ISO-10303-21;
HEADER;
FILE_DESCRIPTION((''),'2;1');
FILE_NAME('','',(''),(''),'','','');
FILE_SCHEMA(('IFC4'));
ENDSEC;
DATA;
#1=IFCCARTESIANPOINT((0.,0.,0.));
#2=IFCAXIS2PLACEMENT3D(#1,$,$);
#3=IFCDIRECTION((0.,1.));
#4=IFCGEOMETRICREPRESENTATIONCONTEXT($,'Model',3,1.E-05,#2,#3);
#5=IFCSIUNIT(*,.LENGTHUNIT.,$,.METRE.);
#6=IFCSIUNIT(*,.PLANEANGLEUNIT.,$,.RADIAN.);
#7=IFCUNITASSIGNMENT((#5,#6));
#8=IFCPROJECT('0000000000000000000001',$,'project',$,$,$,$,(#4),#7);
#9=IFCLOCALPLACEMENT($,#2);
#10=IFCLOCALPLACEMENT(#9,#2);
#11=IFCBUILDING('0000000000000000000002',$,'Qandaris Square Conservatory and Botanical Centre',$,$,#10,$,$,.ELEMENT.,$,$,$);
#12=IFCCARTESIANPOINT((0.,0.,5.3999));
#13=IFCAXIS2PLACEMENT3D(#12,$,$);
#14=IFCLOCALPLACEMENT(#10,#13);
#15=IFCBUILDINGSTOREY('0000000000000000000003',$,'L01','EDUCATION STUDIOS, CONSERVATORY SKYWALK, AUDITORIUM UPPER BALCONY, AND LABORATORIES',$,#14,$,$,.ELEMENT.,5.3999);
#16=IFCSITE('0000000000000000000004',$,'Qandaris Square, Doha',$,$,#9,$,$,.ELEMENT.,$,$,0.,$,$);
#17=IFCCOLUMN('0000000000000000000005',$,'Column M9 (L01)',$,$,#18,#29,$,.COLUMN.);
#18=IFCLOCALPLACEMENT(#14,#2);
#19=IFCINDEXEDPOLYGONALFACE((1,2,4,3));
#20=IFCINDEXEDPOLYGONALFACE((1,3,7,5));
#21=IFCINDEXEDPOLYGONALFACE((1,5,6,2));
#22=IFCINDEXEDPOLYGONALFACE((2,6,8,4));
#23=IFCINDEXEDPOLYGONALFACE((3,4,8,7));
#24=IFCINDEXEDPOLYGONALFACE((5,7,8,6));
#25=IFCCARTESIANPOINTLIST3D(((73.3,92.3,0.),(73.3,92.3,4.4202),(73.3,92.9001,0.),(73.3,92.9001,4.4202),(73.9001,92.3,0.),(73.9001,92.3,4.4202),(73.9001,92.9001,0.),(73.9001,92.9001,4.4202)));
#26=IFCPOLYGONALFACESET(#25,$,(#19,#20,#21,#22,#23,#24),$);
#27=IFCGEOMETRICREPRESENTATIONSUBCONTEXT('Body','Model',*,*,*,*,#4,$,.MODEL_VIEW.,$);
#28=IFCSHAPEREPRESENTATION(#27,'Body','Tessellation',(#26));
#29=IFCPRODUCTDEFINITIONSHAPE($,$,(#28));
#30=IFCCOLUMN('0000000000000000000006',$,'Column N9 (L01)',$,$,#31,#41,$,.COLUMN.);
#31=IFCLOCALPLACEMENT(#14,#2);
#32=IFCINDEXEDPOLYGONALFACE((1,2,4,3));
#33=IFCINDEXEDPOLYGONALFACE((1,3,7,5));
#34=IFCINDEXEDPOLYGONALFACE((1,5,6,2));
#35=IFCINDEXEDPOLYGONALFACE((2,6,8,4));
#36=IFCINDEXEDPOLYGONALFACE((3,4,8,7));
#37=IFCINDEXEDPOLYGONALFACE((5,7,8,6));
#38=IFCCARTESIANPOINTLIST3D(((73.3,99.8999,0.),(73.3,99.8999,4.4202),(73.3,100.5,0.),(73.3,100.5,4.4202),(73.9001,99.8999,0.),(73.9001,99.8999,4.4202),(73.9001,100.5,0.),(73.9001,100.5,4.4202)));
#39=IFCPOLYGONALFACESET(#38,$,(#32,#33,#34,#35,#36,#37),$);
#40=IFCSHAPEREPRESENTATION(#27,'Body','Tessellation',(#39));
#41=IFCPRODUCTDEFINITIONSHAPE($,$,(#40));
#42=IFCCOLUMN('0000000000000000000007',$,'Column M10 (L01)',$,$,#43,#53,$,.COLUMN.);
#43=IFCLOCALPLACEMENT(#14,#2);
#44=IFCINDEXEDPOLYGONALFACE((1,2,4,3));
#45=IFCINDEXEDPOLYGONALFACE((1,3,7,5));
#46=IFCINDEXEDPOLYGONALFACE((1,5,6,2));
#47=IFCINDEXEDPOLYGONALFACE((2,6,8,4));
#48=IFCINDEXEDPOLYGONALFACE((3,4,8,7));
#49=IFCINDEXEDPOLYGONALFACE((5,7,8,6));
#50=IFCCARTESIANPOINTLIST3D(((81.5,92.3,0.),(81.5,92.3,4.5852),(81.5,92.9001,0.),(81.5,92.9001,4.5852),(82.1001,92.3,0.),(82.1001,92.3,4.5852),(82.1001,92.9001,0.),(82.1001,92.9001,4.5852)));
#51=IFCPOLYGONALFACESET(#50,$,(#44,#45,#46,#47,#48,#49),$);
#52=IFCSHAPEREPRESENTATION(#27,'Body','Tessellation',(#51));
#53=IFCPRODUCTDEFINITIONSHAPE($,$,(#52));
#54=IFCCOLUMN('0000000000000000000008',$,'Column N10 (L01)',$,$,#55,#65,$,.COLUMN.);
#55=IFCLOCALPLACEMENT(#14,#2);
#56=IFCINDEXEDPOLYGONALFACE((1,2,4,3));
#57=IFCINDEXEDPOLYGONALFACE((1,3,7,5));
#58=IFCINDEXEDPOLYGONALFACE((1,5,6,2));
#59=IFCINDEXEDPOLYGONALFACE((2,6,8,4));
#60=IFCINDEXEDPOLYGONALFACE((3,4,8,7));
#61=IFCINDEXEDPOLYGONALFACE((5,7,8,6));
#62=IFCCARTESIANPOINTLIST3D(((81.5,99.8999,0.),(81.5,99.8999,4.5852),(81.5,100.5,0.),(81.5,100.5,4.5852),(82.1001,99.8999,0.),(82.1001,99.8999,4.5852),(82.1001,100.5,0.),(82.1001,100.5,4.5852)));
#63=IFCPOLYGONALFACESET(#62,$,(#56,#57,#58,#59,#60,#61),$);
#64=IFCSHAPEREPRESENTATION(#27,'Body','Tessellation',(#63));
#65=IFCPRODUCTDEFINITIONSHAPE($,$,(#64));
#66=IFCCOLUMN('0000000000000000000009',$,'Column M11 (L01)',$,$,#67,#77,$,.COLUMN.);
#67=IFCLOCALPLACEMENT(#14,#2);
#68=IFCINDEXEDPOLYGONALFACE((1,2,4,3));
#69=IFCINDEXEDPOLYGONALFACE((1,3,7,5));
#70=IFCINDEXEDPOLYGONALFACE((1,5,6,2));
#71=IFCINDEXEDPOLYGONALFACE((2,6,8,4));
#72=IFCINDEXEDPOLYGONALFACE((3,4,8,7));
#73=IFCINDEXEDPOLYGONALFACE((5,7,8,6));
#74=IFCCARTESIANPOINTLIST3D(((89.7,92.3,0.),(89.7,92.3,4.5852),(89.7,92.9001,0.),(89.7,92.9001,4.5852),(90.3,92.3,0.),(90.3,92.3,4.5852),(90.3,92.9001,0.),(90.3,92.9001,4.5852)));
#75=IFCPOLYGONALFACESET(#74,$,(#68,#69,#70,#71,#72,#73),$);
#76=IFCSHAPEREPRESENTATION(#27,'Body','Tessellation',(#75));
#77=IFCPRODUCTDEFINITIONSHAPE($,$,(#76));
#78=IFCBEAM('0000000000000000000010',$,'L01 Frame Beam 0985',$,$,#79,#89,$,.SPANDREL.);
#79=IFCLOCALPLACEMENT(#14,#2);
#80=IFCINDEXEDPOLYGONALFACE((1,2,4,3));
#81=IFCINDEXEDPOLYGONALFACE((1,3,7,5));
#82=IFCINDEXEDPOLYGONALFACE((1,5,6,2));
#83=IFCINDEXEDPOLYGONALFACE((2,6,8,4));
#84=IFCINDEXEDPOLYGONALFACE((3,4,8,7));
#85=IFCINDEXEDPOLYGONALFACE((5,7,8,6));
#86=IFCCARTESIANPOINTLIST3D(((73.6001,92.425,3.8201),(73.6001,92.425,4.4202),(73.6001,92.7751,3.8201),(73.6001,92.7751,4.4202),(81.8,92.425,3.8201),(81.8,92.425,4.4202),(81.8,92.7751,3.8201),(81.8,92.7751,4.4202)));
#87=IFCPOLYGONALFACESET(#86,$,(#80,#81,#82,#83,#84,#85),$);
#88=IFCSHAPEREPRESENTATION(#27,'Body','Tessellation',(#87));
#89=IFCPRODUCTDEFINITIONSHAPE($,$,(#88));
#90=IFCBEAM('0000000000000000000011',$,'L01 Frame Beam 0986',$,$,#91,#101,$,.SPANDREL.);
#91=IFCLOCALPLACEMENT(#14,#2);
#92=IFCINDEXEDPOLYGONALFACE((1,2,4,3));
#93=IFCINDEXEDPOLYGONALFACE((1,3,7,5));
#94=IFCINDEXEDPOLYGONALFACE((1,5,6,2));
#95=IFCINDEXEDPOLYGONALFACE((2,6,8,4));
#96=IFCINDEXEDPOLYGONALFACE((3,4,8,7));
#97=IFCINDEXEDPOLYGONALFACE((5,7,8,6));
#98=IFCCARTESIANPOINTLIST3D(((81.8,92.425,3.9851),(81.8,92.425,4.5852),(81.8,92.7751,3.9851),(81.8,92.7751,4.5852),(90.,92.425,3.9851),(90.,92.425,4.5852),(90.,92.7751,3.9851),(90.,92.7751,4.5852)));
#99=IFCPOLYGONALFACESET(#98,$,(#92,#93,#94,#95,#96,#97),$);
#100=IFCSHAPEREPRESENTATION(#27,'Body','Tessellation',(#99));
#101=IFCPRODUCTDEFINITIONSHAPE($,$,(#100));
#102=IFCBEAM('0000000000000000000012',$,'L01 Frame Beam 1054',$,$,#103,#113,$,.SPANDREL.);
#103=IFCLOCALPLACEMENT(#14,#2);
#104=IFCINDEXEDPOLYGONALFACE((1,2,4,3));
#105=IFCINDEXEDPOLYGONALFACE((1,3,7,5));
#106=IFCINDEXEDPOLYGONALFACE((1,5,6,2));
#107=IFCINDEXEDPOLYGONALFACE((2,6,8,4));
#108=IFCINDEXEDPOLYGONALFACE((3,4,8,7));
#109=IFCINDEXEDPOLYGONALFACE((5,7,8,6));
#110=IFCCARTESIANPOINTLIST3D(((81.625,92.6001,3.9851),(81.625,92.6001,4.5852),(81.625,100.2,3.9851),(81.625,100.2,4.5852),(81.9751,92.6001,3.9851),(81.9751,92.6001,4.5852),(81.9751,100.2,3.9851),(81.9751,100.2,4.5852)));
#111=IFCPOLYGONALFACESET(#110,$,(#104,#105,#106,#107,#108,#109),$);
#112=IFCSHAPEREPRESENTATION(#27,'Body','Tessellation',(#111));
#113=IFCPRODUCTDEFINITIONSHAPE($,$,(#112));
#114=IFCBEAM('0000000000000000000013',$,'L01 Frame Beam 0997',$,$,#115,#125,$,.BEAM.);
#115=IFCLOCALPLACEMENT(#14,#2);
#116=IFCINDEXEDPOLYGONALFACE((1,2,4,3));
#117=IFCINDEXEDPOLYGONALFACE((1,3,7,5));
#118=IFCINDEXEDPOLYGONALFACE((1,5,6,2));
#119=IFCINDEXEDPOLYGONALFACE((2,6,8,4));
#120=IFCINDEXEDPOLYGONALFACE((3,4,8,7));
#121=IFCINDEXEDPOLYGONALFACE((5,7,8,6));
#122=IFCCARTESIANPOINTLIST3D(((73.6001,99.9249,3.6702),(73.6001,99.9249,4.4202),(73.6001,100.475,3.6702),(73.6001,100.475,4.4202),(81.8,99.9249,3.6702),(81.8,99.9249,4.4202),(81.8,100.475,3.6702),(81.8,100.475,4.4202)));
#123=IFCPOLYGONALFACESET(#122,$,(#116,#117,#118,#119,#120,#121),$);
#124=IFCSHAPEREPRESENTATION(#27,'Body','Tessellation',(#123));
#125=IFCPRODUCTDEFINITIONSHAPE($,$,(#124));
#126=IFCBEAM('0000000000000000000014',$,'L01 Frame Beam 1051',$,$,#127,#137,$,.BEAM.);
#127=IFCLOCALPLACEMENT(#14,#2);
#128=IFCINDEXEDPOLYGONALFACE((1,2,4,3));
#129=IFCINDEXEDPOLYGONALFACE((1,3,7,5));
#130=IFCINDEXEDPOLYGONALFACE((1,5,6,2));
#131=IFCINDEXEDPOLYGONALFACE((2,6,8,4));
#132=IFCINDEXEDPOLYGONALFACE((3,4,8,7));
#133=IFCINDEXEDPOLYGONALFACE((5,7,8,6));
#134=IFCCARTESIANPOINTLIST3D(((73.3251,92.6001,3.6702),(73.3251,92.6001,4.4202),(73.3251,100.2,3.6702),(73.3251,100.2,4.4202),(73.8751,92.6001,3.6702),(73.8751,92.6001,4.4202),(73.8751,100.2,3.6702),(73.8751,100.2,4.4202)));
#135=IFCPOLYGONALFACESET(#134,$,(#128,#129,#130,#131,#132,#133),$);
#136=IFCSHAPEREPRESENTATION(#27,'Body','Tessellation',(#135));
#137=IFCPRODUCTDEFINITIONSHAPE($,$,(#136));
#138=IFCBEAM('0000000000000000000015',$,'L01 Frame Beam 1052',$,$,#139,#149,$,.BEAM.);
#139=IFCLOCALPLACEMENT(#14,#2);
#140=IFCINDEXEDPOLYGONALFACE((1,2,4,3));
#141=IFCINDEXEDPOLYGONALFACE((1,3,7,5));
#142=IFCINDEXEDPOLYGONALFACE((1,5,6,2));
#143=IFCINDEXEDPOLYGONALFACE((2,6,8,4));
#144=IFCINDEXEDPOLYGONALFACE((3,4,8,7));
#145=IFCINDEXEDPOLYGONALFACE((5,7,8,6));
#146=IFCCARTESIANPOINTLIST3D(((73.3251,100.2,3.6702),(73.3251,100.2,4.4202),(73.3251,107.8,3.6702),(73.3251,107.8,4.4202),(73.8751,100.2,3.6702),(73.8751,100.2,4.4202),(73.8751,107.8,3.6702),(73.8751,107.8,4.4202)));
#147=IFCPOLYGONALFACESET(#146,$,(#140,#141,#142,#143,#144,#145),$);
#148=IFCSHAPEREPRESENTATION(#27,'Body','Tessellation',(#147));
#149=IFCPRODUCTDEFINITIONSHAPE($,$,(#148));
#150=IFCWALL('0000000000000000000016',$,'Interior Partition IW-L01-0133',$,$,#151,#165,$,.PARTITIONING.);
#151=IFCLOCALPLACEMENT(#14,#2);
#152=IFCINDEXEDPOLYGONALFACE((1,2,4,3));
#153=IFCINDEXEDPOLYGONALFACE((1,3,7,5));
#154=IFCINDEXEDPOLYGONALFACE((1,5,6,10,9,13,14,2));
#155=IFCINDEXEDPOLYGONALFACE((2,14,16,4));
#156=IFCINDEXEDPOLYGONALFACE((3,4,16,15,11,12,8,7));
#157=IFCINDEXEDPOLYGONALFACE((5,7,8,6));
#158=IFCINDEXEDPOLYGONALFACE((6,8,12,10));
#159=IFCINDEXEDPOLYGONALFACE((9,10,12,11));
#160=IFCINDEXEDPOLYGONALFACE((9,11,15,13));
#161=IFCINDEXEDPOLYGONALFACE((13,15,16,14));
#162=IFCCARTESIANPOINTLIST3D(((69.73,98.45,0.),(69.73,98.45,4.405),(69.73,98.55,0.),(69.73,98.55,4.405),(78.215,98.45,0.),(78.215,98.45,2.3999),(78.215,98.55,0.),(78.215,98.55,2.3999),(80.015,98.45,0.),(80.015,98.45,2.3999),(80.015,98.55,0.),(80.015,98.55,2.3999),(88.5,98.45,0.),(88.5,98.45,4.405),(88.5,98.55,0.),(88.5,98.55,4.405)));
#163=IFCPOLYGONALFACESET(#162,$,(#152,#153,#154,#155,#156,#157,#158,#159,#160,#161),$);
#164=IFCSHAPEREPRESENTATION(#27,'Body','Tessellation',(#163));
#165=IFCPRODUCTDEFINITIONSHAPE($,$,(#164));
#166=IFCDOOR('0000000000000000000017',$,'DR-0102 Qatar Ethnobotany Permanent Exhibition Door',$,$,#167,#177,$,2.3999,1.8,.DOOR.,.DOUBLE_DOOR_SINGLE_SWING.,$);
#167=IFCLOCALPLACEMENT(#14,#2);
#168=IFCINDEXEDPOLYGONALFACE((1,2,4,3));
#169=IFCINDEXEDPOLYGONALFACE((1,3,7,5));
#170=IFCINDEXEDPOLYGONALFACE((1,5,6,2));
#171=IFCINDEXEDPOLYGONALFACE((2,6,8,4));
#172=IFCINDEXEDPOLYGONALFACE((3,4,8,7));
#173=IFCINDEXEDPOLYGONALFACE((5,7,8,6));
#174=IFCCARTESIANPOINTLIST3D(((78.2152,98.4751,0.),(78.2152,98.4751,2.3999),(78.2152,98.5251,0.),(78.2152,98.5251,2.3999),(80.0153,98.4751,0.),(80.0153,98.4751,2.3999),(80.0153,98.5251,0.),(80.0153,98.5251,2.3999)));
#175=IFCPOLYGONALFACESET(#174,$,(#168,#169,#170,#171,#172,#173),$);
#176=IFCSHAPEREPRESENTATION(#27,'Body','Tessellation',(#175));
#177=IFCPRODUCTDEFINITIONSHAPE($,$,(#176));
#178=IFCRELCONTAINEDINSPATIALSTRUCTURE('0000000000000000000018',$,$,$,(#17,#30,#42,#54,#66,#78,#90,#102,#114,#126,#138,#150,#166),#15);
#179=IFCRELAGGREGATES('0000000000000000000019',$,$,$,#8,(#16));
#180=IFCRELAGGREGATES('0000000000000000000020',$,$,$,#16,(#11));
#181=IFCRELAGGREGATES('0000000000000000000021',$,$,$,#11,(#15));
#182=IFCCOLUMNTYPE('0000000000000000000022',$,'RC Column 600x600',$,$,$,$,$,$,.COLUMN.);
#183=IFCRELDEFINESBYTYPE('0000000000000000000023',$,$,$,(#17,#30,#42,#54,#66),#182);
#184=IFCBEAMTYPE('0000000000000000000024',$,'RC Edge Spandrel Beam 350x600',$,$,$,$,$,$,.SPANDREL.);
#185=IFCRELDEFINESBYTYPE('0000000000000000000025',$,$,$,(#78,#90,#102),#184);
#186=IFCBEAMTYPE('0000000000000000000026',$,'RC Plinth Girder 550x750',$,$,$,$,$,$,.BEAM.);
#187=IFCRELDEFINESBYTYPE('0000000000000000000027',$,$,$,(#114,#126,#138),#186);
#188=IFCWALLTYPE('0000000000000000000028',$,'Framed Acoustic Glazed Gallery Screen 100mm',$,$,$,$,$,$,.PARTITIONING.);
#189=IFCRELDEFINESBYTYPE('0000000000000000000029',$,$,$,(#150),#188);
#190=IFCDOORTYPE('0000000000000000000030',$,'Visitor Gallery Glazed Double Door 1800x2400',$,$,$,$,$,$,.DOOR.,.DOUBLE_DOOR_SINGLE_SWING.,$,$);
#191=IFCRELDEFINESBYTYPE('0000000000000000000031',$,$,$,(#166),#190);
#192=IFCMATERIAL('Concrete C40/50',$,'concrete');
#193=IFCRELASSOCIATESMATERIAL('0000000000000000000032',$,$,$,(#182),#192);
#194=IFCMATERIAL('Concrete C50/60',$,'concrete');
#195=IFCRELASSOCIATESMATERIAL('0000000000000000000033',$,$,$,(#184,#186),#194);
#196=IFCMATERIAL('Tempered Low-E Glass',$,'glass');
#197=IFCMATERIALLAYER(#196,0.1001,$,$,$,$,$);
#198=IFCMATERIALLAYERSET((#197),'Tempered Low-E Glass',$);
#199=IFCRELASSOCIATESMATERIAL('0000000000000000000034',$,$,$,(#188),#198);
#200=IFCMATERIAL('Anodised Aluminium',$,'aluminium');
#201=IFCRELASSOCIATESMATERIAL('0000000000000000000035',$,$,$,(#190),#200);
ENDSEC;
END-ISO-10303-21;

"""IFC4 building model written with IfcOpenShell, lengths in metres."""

from ifc_helpers import new_model, si_unit, direction, frame, frame_2d, origin, origin_2d, place, context, subcontext, project, spatial, rectangle, extrude, material, layer, layer_set, material_profile, profile_set, type_object, element, fill, save


model = new_model("IFC4")

# Units and contexts
model_context = context("Model", 3, precision=1e-05, world=origin(), true_north=direction((0.0, 1.0)))
body_context = subcontext(model_context, "Body", "Model", "MODEL_VIEW")
ifc_project = project(units=[si_unit("LENGTHUNIT", "METRE"), si_unit("PLANEANGLEUNIT", "RADIAN")], contexts=[model_context])

# Site, building, storey
site_placement = place(None, origin())
site = spatial("IfcSite", under=ifc_project, at=site_placement, Name="Qandaris Square, Doha", CompositionType="ELEMENT", RefElevation=0.0)
building_placement = place(site_placement, origin())
building = spatial("IfcBuilding", under=site, at=building_placement, Name="Qandaris Square Conservatory and Botanical Centre", CompositionType="ELEMENT")
storey_placement = place(building_placement, frame((0.0, 0.0, 5.3999)))
storey = spatial("IfcBuildingStorey", under=building, at=storey_placement, Name="L01", Description="EDUCATION STUDIOS, CONSERVATORY SKYWALK, AUDITORIUM UPPER BALCONY, AND LABORATORIES", CompositionType="ELEMENT", Elevation=5.3999)

# Columns
ifc_material_1 = material(Name="Concrete C40/50", Category="concrete")
ifc_material_profile_1 = material_profile(ifc_material_1, rectangle(XDim=0.6001, YDim=0.6001, at=origin_2d()), Name="RC-COL 600x600")
ifc_profile_set_1 = profile_set([ifc_material_profile_1], Name="Concrete C40/50")
column_type = type_object("IfcColumnType", Name="RC Column 600x600", PredefinedType="COLUMN", material=ifc_profile_set_1)
for number, where, z_axis, x_axis, name in (
    (1, (73.6001, 92.6001, 0.0), (0.0, 0.0, 1.0), (1.0, 0.0, 0.0), "Column M9 (L01)"),
    (2, (73.6001, 100.2, 0.0), (0.0, 0.0, 1.0), (1.0, 0.0, 0.0), "Column N9 (L01)"),
):
    element("IfcColumn", number, at=place(storey_placement, frame(where, z_axis=z_axis, x_axis=x_axis)), inside=storey, type_object=column_type, Name=name, PredefinedType="COLUMN", context=body_context, shape_type="SweptSolid", body=[
        extrude(rectangle(XDim=0.6001, YDim=0.6001, at=origin_2d()), origin(), (0.0, 0.0, 1.0), 4.4202),
    ])
for number, where, z_axis, x_axis, name in (
    (3, (81.8, 92.6001, 0.0), (0.0, 0.0, 1.0), (1.0, 0.0, 0.0), "Column M10 (L01)"),
    (4, (81.8, 100.2, 0.0), (0.0, 0.0, 1.0), (1.0, 0.0, 0.0), "Column N10 (L01)"),
    (5, (90.0, 92.6001, 0.0), (0.0, 0.0, 1.0), (1.0, 0.0, 0.0), "Column M11 (L01)"),
):
    element("IfcColumn", number, at=place(storey_placement, frame(where, z_axis=z_axis, x_axis=x_axis)), inside=storey, type_object=column_type, Name=name, PredefinedType="COLUMN", context=body_context, shape_type="SweptSolid", body=[
        extrude(rectangle(XDim=0.6001, YDim=0.6001, at=origin_2d()), origin(), (0.0, 0.0, 1.0), 4.5852),
    ])

# Beams
ifc_material_2 = material(Name="Concrete C50/60", Category="concrete")
ifc_material_profile_2 = material_profile(ifc_material_2, rectangle(XDim=0.3501, YDim=0.6001, at=origin_2d()), Name="RC-SP 350x600")
ifc_profile_set_2 = profile_set([ifc_material_profile_2], Name="Concrete C50/60")
beam_type_1 = type_object("IfcBeamType", Name="RC Edge Spandrel Beam 350x600", PredefinedType="SPANDREL", material=ifc_profile_set_2)
for number, where, z_axis, x_axis, name in (
    (6, (73.6001, 92.6001, 4.1201), (1.0, 0.0, 0.0), (0.0, 1.0, 0.0), "L01 Frame Beam 0985"),
    (7, (81.8, 92.6001, 4.2852), (1.0, 0.0, 0.0), (0.0, 1.0, 0.0), "L01 Frame Beam 0986"),
):
    element("IfcBeam", number, at=place(storey_placement, frame(where, z_axis=z_axis, x_axis=x_axis)), inside=storey, type_object=beam_type_1, Name=name, PredefinedType="SPANDREL", context=body_context, shape_type="SweptSolid", body=[
        extrude(rectangle(XDim=0.3501, YDim=0.6001, at=origin_2d()), origin(), (0.0, 0.0, 1.0), 8.2),
    ])
beam_1_placement = place(storey_placement, frame((81.8, 92.6001, 4.2852), z_axis=(0.0, 1.0, 0.0), x_axis=(-1.0, 0.0, 0.0)))
element("IfcBeam", 8, at=beam_1_placement, inside=storey, type_object=beam_type_1, Name="L01 Frame Beam 1054", PredefinedType="SPANDREL", context=body_context, shape_type="SweptSolid", body=[
    extrude(rectangle(XDim=0.3501, YDim=0.6001, at=origin_2d()), origin(), (0.0, 0.0, 1.0), 7.5999),
])
ifc_material_profile_3 = material_profile(ifc_material_2, rectangle(XDim=0.55, YDim=0.75, at=origin_2d()), Name="RC-BM 550x750")
ifc_profile_set_3 = profile_set([ifc_material_profile_3], Name="Concrete C50/60")
beam_type_2 = type_object("IfcBeamType", Name="RC Plinth Girder 550x750", PredefinedType="BEAM", material=ifc_profile_set_3)
beam_2_placement = place(storey_placement, frame((73.6001, 100.2, 4.0452), z_axis=(1.0, 0.0, 0.0), x_axis=(0.0, 1.0, 0.0)))
element("IfcBeam", 9, at=beam_2_placement, inside=storey, type_object=beam_type_2, Name="L01 Frame Beam 0997", PredefinedType="BEAM", context=body_context, shape_type="SweptSolid", body=[
    extrude(rectangle(XDim=0.55, YDim=0.75, at=origin_2d()), origin(), (0.0, 0.0, 1.0), 8.2),
])
beam_3_placement = place(storey_placement, frame((73.6001, 92.6001, 4.0452), z_axis=(0.0, 1.0, 0.0), x_axis=(-1.0, 0.0, 0.0)))
element("IfcBeam", 10, at=beam_3_placement, inside=storey, type_object=beam_type_2, Name="L01 Frame Beam 1051", PredefinedType="BEAM", context=body_context, shape_type="SweptSolid", body=[
    extrude(rectangle(XDim=0.55, YDim=0.75, at=origin_2d()), origin(), (0.0, 0.0, 1.0), 7.5999),
])
beam_4_placement = place(storey_placement, frame((73.6001, 100.2, 4.0452), z_axis=(0.0, 1.0, 0.0), x_axis=(-1.0, 0.0, 0.0)))
element("IfcBeam", 11, at=beam_4_placement, inside=storey, type_object=beam_type_2, Name="L01 Frame Beam 1052", PredefinedType="BEAM", context=body_context, shape_type="SweptSolid", body=[
    extrude(rectangle(XDim=0.55, YDim=0.75, at=origin_2d()), origin(), (0.0, 0.0, 1.0), 7.6001),
])

# Wall, opening, door
ifc_material_3 = material(Name="Tempered Low-E Glass", Category="glass")
ifc_layer_1 = layer(ifc_material_3, 0.1001)
ifc_layer_set_1 = layer_set([ifc_layer_1], Name="Tempered Low-E Glass")
wall_type_1 = type_object("IfcWallType", Name="Framed Acoustic Glazed Gallery Screen 100mm", PredefinedType="PARTITIONING", material=ifc_layer_set_1)
wall_1_placement = place(storey_placement, frame((69.73, 98.5, 0.0), z_axis=(0.0, 0.0, 1.0), x_axis=(1.0, 0.0, 0.0)))
wall_1 = element("IfcWall", 12, at=wall_1_placement, inside=storey, type_object=wall_type_1, Name="Interior Partition IW-L01-0133", PredefinedType="PARTITIONING", context=body_context, shape_type="SweptSolid", body=[
    extrude(rectangle(XDim=18.77, YDim=0.1001, at=frame_2d((9.385, 0.0))), origin(), (0.0, 0.0, 1.0), 4.405),
])
opening_1_placement = place(wall_1_placement, frame((8.4851, 0.0, 0.0)))
opening_1 = element("IfcOpeningElement", 13, at=opening_1_placement, cuts=wall_1, PredefinedType="OPENING", context=body_context, shape_type="SweptSolid", body=[
    extrude(rectangle(XDim=1.8, YDim=2.3999, at=frame_2d((0.8999, 1.2))), frame((0.0, 0.062, 0.0), z_axis=(0.0, -1.0, 0.0), x_axis=(1.0, 0.0, 0.0)), (0.0, 0.0, 1.0), 0.124),
])
ifc_material_4 = material(Name="Anodised Aluminium", Category="aluminium")
door_type_1 = type_object("IfcDoorType", Name="Visitor Gallery Glazed Double Door 1800x2400", OperationType="DOUBLE_DOOR_SINGLE_SWING", PredefinedType="DOOR", material=ifc_material_4)
door_1_placement = place(opening_1_placement, frame((1.8, 0.0, 0.0), z_axis=(0.0, 0.0, 1.0), x_axis=(-1.0, 0.0, 0.0)))
door_1 = element("IfcDoor", 14, at=door_1_placement, inside=storey, type_object=door_type_1, Name="DR-0102 Qatar Ethnobotany Permanent Exhibition Door", OperationType="DOUBLE_DOOR_SINGLE_SWING", OverallHeight=2.3999, OverallWidth=1.8, PredefinedType="DOOR", context=body_context, shape_type="SweptSolid", body=[
    extrude(rectangle(XDim=1.8, YDim=2.3999, at=frame_2d((0.8999, 1.2))), frame((0.0, 0.0249, 0.0), z_axis=(0.0, -1.0, 0.0), x_axis=(1.0, 0.0, 0.0)), (0.0, 0.0, 1.0), 0.05),
])
fill(opening_1, door_1)

save(model, "model.ifc")
